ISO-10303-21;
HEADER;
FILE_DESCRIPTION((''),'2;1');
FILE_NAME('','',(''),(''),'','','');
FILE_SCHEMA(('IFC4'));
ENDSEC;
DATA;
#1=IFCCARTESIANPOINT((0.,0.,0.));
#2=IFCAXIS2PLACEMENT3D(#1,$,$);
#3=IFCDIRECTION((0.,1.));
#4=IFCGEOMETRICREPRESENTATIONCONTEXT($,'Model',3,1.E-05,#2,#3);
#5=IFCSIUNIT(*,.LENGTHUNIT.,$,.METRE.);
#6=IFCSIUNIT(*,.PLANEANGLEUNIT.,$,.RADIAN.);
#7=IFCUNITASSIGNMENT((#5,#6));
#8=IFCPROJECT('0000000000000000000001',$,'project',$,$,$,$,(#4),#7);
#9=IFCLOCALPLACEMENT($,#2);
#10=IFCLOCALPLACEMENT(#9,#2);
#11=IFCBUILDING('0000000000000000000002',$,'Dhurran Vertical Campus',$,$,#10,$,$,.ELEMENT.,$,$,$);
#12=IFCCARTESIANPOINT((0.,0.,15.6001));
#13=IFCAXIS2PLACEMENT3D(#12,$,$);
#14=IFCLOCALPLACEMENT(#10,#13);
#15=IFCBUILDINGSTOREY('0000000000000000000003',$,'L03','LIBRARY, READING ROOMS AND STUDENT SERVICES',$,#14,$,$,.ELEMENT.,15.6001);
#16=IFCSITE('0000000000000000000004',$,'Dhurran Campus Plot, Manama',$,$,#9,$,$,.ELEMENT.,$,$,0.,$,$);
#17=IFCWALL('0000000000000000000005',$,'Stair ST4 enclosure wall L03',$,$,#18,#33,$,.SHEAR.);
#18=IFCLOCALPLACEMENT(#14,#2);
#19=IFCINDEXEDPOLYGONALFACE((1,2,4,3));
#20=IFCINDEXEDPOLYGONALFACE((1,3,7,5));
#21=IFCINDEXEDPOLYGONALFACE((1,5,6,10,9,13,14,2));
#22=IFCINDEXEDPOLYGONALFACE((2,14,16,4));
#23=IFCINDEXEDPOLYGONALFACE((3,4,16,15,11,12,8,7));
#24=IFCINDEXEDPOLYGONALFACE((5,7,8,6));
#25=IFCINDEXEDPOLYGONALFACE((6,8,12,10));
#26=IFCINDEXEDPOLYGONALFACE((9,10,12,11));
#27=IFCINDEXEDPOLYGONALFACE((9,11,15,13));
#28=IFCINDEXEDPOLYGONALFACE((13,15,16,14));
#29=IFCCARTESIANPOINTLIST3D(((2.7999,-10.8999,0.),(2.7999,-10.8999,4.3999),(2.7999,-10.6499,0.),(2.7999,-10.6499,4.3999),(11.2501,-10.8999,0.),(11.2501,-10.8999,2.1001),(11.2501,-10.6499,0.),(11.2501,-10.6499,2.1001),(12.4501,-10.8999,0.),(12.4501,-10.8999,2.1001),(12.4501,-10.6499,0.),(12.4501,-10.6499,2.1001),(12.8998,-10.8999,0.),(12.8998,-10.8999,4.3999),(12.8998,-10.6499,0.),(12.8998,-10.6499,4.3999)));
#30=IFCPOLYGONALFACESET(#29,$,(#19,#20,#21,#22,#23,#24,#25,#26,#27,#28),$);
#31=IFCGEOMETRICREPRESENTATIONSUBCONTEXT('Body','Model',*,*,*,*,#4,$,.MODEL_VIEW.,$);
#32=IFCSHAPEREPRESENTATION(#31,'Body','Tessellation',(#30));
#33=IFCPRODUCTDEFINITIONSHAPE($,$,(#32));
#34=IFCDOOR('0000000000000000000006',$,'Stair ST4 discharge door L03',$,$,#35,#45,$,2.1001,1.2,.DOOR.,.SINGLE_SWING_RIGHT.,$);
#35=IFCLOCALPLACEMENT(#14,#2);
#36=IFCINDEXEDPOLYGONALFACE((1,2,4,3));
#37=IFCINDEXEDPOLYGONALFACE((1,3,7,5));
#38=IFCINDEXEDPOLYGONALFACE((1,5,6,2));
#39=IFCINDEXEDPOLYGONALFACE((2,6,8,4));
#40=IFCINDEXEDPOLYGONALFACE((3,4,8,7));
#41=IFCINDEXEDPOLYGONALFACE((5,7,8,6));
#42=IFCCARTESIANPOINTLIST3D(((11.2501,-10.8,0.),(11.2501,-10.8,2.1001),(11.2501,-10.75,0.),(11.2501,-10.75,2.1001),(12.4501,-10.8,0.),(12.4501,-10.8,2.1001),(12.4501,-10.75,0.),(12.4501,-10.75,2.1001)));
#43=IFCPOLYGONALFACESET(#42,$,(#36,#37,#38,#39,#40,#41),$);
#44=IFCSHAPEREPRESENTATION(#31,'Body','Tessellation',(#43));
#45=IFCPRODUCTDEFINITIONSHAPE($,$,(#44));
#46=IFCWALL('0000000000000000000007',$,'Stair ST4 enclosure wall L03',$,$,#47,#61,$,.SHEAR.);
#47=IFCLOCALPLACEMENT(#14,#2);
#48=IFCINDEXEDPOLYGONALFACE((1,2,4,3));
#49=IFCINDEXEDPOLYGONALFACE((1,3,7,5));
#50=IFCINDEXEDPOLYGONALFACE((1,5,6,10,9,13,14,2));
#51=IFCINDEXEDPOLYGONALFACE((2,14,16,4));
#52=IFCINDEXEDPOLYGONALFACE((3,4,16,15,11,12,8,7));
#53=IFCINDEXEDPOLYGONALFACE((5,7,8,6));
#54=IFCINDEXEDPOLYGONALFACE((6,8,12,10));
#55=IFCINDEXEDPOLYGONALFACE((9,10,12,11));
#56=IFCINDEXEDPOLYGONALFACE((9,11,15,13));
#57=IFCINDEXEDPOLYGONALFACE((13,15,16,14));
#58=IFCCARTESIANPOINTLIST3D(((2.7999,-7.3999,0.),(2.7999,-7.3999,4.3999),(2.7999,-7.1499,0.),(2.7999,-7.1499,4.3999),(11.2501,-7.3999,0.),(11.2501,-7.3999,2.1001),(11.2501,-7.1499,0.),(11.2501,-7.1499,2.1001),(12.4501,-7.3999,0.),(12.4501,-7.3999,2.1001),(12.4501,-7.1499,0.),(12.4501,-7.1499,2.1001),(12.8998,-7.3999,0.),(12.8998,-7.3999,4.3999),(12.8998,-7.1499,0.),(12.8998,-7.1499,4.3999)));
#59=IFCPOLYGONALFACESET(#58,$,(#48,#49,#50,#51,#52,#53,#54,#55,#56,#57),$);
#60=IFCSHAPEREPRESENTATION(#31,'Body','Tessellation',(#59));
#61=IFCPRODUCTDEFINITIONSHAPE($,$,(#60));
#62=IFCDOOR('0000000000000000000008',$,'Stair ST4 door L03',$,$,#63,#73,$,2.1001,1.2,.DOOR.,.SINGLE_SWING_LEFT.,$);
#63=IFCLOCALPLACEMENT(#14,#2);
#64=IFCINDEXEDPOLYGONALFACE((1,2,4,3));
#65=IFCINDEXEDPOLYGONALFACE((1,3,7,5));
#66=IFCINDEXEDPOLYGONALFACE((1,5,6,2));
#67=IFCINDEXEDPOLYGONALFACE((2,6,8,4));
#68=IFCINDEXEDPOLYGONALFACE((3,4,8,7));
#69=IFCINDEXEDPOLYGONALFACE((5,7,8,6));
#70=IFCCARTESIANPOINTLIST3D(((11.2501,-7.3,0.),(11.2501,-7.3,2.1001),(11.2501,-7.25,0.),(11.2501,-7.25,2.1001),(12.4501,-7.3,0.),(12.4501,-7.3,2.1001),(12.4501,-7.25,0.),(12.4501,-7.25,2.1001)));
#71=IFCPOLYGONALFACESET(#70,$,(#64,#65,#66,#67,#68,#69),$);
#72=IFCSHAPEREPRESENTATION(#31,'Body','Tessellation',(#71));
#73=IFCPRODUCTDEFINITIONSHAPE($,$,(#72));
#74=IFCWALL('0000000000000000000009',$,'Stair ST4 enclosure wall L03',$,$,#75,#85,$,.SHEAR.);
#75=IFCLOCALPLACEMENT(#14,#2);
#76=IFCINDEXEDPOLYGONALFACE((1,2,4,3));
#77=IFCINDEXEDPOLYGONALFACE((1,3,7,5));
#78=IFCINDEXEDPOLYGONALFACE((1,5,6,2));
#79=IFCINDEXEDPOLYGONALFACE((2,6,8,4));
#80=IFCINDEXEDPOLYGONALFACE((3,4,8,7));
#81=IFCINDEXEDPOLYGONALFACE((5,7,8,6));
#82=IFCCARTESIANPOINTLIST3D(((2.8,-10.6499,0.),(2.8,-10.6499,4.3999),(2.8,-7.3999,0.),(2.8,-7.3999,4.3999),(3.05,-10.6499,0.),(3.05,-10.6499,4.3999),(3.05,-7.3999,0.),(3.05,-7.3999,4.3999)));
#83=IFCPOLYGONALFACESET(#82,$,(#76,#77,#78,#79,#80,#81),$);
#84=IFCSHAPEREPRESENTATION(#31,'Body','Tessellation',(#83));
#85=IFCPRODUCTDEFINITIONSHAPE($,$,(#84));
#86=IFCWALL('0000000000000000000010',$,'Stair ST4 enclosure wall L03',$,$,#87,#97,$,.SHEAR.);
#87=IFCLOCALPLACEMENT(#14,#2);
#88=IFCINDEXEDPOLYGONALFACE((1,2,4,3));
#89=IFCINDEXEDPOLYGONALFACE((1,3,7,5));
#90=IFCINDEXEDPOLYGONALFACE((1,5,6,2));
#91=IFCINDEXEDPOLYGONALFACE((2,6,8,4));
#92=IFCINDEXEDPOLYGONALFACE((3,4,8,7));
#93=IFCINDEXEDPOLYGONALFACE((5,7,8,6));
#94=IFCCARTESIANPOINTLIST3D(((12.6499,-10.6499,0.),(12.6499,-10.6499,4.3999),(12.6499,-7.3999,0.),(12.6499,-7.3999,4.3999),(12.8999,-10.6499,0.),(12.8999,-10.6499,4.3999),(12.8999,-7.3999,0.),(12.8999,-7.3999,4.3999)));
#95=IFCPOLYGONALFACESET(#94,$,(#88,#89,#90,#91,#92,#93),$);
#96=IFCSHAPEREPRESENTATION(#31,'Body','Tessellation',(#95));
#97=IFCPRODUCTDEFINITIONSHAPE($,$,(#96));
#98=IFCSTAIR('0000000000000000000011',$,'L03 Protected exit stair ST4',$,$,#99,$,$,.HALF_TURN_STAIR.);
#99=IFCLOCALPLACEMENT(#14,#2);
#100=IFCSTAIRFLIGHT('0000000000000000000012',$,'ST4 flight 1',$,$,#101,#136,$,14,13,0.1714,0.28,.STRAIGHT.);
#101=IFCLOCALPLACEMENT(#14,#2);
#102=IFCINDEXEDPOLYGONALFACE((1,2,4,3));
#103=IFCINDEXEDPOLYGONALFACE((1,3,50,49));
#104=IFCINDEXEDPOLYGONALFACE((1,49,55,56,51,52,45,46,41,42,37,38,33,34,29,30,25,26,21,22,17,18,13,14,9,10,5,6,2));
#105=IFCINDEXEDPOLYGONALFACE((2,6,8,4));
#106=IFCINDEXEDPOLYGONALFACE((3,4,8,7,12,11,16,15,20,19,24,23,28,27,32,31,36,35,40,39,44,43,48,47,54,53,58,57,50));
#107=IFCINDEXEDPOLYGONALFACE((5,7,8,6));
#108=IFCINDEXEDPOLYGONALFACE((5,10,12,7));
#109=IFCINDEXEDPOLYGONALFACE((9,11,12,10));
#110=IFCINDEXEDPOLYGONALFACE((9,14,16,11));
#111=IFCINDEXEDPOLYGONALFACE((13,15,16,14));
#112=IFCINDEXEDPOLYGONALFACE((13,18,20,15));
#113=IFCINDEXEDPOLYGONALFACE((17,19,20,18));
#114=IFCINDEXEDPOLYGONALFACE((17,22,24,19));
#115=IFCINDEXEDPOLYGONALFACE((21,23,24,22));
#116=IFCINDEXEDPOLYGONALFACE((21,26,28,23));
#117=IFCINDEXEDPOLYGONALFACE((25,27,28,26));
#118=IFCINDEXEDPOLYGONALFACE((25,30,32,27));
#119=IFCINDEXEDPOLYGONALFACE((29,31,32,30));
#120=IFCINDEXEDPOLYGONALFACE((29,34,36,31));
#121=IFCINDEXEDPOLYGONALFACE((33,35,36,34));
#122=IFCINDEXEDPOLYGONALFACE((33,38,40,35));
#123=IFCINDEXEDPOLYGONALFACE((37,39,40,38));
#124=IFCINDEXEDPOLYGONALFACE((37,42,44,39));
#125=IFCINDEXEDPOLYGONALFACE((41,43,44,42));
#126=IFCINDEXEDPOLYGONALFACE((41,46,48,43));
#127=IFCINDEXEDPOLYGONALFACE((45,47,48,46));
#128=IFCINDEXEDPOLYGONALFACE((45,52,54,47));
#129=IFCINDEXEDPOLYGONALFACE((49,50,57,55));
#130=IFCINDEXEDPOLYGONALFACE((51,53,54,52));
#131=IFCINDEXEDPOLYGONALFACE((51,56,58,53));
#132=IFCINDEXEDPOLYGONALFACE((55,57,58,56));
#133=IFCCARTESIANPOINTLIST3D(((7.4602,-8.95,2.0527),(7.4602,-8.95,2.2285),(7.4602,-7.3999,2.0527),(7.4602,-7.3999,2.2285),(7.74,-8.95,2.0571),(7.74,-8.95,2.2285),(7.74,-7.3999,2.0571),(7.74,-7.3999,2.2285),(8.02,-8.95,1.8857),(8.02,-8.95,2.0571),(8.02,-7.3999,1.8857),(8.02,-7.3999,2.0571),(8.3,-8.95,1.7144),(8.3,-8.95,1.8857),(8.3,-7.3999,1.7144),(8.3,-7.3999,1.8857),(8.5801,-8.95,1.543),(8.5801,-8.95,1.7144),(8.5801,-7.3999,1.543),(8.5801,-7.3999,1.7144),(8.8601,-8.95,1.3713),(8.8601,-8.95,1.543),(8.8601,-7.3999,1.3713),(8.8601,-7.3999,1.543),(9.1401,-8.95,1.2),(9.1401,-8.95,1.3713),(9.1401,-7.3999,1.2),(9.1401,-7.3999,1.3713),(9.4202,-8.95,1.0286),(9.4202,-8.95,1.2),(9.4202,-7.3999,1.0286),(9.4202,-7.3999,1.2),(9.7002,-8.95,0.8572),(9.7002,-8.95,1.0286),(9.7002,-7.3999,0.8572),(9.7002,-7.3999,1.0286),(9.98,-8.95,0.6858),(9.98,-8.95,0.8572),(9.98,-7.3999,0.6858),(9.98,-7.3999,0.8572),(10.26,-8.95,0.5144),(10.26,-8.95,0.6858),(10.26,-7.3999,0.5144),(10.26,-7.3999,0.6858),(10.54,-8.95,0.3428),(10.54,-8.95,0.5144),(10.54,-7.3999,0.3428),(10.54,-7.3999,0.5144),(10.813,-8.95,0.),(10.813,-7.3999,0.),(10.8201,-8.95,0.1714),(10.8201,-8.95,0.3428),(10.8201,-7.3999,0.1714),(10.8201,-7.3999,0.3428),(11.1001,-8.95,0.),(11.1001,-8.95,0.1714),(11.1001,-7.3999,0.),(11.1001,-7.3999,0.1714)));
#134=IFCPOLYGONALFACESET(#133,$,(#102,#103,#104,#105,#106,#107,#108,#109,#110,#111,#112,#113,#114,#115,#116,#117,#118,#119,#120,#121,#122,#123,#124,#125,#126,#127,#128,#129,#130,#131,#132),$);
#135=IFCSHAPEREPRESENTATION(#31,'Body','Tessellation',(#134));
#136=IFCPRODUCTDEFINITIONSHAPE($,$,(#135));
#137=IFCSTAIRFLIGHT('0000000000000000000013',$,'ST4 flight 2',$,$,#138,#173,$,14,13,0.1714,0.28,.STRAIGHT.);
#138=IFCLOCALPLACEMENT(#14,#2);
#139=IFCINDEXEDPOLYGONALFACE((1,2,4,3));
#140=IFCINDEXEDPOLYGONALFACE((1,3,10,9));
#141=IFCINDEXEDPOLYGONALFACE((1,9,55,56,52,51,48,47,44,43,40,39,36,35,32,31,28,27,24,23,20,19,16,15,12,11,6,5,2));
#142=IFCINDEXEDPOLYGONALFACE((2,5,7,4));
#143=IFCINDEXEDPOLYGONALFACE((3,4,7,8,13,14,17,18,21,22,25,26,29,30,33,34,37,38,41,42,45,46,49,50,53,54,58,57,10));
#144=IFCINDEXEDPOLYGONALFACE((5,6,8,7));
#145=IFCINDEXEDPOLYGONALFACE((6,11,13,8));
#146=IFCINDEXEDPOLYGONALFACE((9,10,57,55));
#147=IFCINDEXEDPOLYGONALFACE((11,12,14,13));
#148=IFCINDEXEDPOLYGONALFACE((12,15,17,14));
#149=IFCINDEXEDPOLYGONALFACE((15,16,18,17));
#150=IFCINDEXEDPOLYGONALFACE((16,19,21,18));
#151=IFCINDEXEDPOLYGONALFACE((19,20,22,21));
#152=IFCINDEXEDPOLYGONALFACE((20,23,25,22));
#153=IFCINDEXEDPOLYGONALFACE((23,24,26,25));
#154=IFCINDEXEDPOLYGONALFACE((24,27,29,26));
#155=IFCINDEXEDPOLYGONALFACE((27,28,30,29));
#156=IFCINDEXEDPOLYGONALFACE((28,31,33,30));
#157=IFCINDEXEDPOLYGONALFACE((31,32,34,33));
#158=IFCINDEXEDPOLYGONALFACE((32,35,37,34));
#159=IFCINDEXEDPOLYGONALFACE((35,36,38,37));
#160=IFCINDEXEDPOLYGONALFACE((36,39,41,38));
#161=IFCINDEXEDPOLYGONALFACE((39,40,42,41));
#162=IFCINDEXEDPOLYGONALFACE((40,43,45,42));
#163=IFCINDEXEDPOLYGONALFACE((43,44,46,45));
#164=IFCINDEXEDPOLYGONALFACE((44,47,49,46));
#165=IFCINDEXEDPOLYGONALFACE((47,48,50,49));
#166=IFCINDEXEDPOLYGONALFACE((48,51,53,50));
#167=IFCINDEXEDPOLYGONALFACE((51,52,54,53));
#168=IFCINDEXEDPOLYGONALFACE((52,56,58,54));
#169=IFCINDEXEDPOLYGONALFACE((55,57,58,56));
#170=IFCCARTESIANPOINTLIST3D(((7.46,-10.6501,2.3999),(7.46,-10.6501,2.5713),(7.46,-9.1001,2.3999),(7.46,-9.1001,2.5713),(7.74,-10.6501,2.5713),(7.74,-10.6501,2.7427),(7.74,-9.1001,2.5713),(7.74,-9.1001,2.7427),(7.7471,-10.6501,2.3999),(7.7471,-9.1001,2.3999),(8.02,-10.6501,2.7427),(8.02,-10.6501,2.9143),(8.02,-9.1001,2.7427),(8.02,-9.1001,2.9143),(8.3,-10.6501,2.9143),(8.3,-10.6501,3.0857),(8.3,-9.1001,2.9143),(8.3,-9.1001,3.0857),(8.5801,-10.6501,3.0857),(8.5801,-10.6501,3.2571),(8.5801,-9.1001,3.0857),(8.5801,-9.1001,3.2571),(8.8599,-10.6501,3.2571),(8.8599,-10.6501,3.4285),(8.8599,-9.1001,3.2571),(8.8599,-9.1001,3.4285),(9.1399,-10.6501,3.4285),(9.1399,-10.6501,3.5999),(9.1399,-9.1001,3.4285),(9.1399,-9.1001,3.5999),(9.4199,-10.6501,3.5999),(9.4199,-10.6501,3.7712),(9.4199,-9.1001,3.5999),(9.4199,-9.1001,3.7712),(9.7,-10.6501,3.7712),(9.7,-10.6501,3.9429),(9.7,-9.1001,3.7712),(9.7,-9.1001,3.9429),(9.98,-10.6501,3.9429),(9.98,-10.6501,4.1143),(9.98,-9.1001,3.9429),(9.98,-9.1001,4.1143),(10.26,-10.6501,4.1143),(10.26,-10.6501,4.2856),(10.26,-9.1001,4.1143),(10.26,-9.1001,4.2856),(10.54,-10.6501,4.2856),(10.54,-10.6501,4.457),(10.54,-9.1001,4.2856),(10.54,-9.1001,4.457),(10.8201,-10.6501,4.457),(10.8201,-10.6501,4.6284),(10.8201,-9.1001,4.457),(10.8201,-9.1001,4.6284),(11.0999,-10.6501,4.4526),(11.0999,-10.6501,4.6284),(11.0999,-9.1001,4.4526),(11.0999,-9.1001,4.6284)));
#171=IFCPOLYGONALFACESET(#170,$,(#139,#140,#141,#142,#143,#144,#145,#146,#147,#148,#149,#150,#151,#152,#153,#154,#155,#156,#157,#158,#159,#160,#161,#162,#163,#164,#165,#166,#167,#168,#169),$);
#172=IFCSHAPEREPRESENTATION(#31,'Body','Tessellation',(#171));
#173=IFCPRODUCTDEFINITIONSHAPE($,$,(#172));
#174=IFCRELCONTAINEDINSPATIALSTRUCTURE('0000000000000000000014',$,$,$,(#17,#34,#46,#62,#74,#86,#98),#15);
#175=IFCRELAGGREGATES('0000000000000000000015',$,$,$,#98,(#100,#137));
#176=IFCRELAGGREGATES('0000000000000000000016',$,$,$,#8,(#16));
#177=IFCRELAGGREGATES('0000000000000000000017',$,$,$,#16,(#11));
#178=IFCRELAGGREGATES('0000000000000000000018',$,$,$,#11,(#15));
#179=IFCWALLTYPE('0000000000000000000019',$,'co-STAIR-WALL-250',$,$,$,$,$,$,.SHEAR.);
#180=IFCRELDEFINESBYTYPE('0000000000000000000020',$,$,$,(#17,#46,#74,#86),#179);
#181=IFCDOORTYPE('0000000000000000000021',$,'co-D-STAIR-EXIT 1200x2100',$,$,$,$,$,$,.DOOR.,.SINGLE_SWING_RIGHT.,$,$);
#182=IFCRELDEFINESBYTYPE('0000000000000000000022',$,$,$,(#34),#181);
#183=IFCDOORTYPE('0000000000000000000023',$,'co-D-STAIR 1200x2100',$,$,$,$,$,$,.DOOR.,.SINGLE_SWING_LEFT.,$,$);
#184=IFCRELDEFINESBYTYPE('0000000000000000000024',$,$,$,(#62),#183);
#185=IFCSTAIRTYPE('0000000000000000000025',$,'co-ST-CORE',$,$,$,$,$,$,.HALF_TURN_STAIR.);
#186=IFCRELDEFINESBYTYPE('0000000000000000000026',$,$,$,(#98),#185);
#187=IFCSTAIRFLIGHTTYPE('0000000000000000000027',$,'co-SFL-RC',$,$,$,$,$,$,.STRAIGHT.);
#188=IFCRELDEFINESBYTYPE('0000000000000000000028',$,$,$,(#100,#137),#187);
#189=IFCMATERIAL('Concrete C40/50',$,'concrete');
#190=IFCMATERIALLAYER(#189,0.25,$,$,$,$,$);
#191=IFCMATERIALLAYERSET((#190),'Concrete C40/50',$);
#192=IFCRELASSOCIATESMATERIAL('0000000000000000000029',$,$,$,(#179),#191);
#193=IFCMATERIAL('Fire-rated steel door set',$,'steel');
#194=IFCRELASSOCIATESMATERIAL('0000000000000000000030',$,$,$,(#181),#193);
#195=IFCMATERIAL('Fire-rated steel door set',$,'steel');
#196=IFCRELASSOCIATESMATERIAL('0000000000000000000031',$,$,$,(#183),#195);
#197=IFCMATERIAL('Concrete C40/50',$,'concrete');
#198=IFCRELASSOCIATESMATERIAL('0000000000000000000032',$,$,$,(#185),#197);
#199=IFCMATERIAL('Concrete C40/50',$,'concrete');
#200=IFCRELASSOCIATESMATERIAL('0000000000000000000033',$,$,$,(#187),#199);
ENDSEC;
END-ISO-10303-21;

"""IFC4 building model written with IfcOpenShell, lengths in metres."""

from ifc_helpers import new_model, si_unit, direction, frame, frame_2d, origin, place, context, subcontext, project, spatial, polyline, rectangle, outline, extrude, material, layer, layer_set, type_object, element, fill, aggregate, save


model = new_model("IFC4")

# Units and contexts
model_context = context("Model", 3, precision=1e-05, world=origin(), true_north=direction((0.0, 1.0)))
body_context = subcontext(model_context, "Body", "Model", "MODEL_VIEW")
ifc_project = project(units=[si_unit("LENGTHUNIT", "METRE"), si_unit("PLANEANGLEUNIT", "RADIAN")], contexts=[model_context])

# Site, building, storey
site_placement = place(None, origin())
site = spatial("IfcSite", under=ifc_project, at=site_placement, Name="Dhurran Campus Plot, Manama", CompositionType="ELEMENT", RefElevation=0.0)
building_placement = place(site_placement, origin())
building = spatial("IfcBuilding", under=site, at=building_placement, Name="Dhurran Vertical Campus", CompositionType="ELEMENT")
storey_placement = place(building_placement, frame((0.0, 0.0, 15.6001)))
storey = spatial("IfcBuildingStorey", under=building, at=storey_placement, Name="L03", Description="LIBRARY, READING ROOMS AND STUDENT SERVICES", CompositionType="ELEMENT", Elevation=15.6001)

# Walls, openings, doors
ifc_material_1 = material(Name="Concrete C40/50", Category="concrete")
ifc_layer_1 = layer(ifc_material_1, 0.25)
ifc_layer_set_1 = layer_set([ifc_layer_1], Name="Concrete C40/50")
wall_type_1 = type_object("IfcWallType", Name="co-STAIR-WALL-250", PredefinedType="SHEAR", material=ifc_layer_set_1)
wall_1_placement = place(storey_placement, frame((2.8, -10.7749, 0.0), z_axis=(0.0, 0.0, 1.0), x_axis=(1.0, 0.0, 0.0)))
wall_1 = element("IfcWall", 1, at=wall_1_placement, inside=storey, type_object=wall_type_1, Name="Stair ST4 enclosure wall L03", PredefinedType="SHEAR", context=body_context, shape_type="SweptSolid", body=[
    extrude(rectangle(XDim=10.0999, YDim=0.25, at=frame_2d((5.0498, 0.0))), origin(), (0.0, 0.0, 1.0), 4.3999),
])
opening_1_placement = place(wall_1_placement, frame((8.45, 0.0, 0.0)))
opening_1 = element("IfcOpeningElement", 2, at=opening_1_placement, cuts=wall_1, PredefinedType="OPENING", context=body_context, shape_type="SweptSolid", body=[
    extrude(rectangle(XDim=1.2, YDim=2.1001, at=frame_2d((0.6001, 1.05))), frame((0.0, 0.135, 0.0), z_axis=(0.0, -1.0, 0.0), x_axis=(1.0, 0.0, 0.0)), (0.0, 0.0, 1.0), 0.27),
])
ifc_material_2 = material(Name="Fire-rated steel door set", Category="steel")
door_type_1 = type_object("IfcDoorType", Name="co-D-STAIR-EXIT 1200x2100", OperationType="SINGLE_SWING_RIGHT", PredefinedType="DOOR", material=ifc_material_2)
door_1_placement = place(opening_1_placement, origin())
door_1 = element("IfcDoor", 3, at=door_1_placement, inside=storey, type_object=door_type_1, Name="Stair ST4 discharge door L03", OperationType="SINGLE_SWING_RIGHT", OverallHeight=2.1001, OverallWidth=1.2, PredefinedType="DOOR", context=body_context, shape_type="SweptSolid", body=[
    extrude(rectangle(XDim=1.2, YDim=2.1001, at=frame_2d((0.6001, 1.05))), frame((0.0, 0.0249, 0.0), z_axis=(0.0, -1.0, 0.0), x_axis=(1.0, 0.0, 0.0)), (0.0, 0.0, 1.0), 0.05),
])
fill(opening_1, door_1)
wall_2_placement = place(storey_placement, frame((2.8, -7.2749, 0.0), z_axis=(0.0, 0.0, 1.0), x_axis=(1.0, 0.0, 0.0)))
wall_2 = element("IfcWall", 4, at=wall_2_placement, inside=storey, type_object=wall_type_1, Name="Stair ST4 enclosure wall L03", PredefinedType="SHEAR", context=body_context, shape_type="SweptSolid", body=[
    extrude(rectangle(XDim=10.0999, YDim=0.25, at=frame_2d((5.0498, 0.0))), origin(), (0.0, 0.0, 1.0), 4.3999),
])
opening_2_placement = place(wall_2_placement, frame((8.45, 0.0, 0.0)))
opening_2 = element("IfcOpeningElement", 5, at=opening_2_placement, cuts=wall_2, PredefinedType="OPENING", context=body_context, shape_type="SweptSolid", body=[
    extrude(rectangle(XDim=1.2, YDim=2.1001, at=frame_2d((0.6001, 1.05))), frame((0.0, 0.135, 0.0), z_axis=(0.0, -1.0, 0.0), x_axis=(1.0, 0.0, 0.0)), (0.0, 0.0, 1.0), 0.27),
])
ifc_material_3 = material(Name="Fire-rated steel door set", Category="steel")
door_type_2 = type_object("IfcDoorType", Name="co-D-STAIR 1200x2100", OperationType="SINGLE_SWING_LEFT", PredefinedType="DOOR", material=ifc_material_3)
door_2_placement = place(opening_2_placement, origin())
door_2 = element("IfcDoor", 6, at=door_2_placement, inside=storey, type_object=door_type_2, Name="Stair ST4 door L03", OperationType="SINGLE_SWING_LEFT", OverallHeight=2.1001, OverallWidth=1.2, PredefinedType="DOOR", context=body_context, shape_type="SweptSolid", body=[
    extrude(rectangle(XDim=1.2, YDim=2.1001, at=frame_2d((0.6001, 1.05))), frame((0.0, 0.0249, 0.0), z_axis=(0.0, -1.0, 0.0), x_axis=(1.0, 0.0, 0.0)), (0.0, 0.0, 1.0), 0.05),
])
fill(opening_2, door_2)

# Walls
for number, where, z_axis, x_axis, name in (
    (7, (2.925, -10.6499, 0.0), (0.0, 0.0, 1.0), (0.0, 1.0, 0.0), "Stair ST4 enclosure wall L03"),
    (8, (12.7749, -10.6499, 0.0), (0.0, 0.0, 1.0), (0.0, 1.0, 0.0), "Stair ST4 enclosure wall L03"),
):
    element("IfcWall", number, at=place(storey_placement, frame(where, z_axis=z_axis, x_axis=x_axis)), inside=storey, type_object=wall_type_1, Name=name, PredefinedType="SHEAR", context=body_context, shape_type="SweptSolid", body=[
        extrude(rectangle(XDim=3.25, YDim=0.25, at=frame_2d((1.625, 0.0))), origin(), (0.0, 0.0, 1.0), 4.3999),
    ])

# Stair, stair flights
ifc_material_4 = material(Name="Concrete C40/50", Category="concrete")
stair_type = type_object("IfcStairType", Name="co-ST-CORE", PredefinedType="HALF_TURN_STAIR", material=ifc_material_4)
stair_placement = place(storey_placement, origin())
stair = element("IfcStair", 9, at=stair_placement, inside=storey, type_object=stair_type, Name="L03 Protected exit stair ST4", PredefinedType="HALF_TURN_STAIR")
ifc_material_5 = material(Name="Concrete C40/50", Category="concrete")
stair_flight_type = type_object("IfcStairFlightType", Name="co-SFL-RC", PredefinedType="STRAIGHT", material=ifc_material_5)
stair_flight_1_placement = place(storey_placement, frame((11.1001, -8.175, 0.0), z_axis=(0.0, 0.0, 1.0), x_axis=(-1.0, 0.0, 0.0)))
stair_flight_1 = element("IfcStairFlight", 10, at=stair_flight_1_placement, type_object=stair_flight_type, Name="ST4 flight 1", NumberOfRisers=14, NumberOfTreads=13, PredefinedType="STRAIGHT", RiserHeight=0.1714, TreadLength=0.28, context=body_context, shape_type="SweptSolid", body=[
    extrude(outline(polyline([(0.0, 0.0), (0.0, 0.1714), (0.28, 0.1714), (0.28, 0.3428), (0.5601, 0.3428), (0.5601, 0.5144), (0.8401, 0.5144), (0.8401, 0.6858), (1.1201, 0.6858), (1.1201, 0.8572), (1.3999, 0.8572), (1.3999, 1.0286), (1.6799, 1.0286), (1.6799, 1.2), (1.96, 1.2), (1.96, 1.3713), (2.24, 1.3713), (2.24, 1.543), (2.52, 1.543), (2.52, 1.7144), (2.8, 1.7144), (2.8, 1.8857), (3.0801, 1.8857), (3.0801, 2.0571), (3.3601, 2.0571), (3.3601, 2.2285), (3.6399, 2.2285), (3.6399, 2.3999), (3.6399, 2.0527), (0.2871, 0.0), (0.0, 0.0)])), frame((0.0, 0.7749, 0.0), z_axis=(0.0, -1.0, 0.0), x_axis=(1.0, 0.0, 0.0)), (0.0, 0.0, 1.0), 1.55),
])
stair_flight_2_placement = place(storey_placement, frame((7.46, -9.875, 2.3999), z_axis=(0.0, 0.0, 1.0), x_axis=(1.0, 0.0, 0.0)))
stair_flight_2 = element("IfcStairFlight", 11, at=stair_flight_2_placement, type_object=stair_flight_type, Name="ST4 flight 2", NumberOfRisers=14, NumberOfTreads=13, PredefinedType="STRAIGHT", RiserHeight=0.1714, TreadLength=0.28, context=body_context, shape_type="SweptSolid", body=[
    extrude(outline(polyline([(0.0, 0.0), (0.0, 0.1714), (0.28, 0.1714), (0.28, 0.3428), (0.5601, 0.3428), (0.5601, 0.5144), (0.8401, 0.5144), (0.8401, 0.6858), (1.1201, 0.6858), (1.1201, 0.8572), (1.3999, 0.8572), (1.3999, 1.0286), (1.6799, 1.0286), (1.6799, 1.2), (1.96, 1.2), (1.96, 1.3713), (2.24, 1.3713), (2.24, 1.543), (2.52, 1.543), (2.52, 1.7144), (2.8, 1.7144), (2.8, 1.8857), (3.0801, 1.8857), (3.0801, 2.0571), (3.3601, 2.0571), (3.3601, 2.2285), (3.6399, 2.2285), (3.6399, 2.3999), (3.6399, 2.0527), (0.2871, 0.0), (0.0, 0.0)])), frame((0.0, 0.7749, 0.0), z_axis=(0.0, -1.0, 0.0), x_axis=(1.0, 0.0, 0.0)), (0.0, 0.0, 1.0), 1.55),
])
aggregate(stair, [stair_flight_1, stair_flight_2])

save(model, "model.ifc")
